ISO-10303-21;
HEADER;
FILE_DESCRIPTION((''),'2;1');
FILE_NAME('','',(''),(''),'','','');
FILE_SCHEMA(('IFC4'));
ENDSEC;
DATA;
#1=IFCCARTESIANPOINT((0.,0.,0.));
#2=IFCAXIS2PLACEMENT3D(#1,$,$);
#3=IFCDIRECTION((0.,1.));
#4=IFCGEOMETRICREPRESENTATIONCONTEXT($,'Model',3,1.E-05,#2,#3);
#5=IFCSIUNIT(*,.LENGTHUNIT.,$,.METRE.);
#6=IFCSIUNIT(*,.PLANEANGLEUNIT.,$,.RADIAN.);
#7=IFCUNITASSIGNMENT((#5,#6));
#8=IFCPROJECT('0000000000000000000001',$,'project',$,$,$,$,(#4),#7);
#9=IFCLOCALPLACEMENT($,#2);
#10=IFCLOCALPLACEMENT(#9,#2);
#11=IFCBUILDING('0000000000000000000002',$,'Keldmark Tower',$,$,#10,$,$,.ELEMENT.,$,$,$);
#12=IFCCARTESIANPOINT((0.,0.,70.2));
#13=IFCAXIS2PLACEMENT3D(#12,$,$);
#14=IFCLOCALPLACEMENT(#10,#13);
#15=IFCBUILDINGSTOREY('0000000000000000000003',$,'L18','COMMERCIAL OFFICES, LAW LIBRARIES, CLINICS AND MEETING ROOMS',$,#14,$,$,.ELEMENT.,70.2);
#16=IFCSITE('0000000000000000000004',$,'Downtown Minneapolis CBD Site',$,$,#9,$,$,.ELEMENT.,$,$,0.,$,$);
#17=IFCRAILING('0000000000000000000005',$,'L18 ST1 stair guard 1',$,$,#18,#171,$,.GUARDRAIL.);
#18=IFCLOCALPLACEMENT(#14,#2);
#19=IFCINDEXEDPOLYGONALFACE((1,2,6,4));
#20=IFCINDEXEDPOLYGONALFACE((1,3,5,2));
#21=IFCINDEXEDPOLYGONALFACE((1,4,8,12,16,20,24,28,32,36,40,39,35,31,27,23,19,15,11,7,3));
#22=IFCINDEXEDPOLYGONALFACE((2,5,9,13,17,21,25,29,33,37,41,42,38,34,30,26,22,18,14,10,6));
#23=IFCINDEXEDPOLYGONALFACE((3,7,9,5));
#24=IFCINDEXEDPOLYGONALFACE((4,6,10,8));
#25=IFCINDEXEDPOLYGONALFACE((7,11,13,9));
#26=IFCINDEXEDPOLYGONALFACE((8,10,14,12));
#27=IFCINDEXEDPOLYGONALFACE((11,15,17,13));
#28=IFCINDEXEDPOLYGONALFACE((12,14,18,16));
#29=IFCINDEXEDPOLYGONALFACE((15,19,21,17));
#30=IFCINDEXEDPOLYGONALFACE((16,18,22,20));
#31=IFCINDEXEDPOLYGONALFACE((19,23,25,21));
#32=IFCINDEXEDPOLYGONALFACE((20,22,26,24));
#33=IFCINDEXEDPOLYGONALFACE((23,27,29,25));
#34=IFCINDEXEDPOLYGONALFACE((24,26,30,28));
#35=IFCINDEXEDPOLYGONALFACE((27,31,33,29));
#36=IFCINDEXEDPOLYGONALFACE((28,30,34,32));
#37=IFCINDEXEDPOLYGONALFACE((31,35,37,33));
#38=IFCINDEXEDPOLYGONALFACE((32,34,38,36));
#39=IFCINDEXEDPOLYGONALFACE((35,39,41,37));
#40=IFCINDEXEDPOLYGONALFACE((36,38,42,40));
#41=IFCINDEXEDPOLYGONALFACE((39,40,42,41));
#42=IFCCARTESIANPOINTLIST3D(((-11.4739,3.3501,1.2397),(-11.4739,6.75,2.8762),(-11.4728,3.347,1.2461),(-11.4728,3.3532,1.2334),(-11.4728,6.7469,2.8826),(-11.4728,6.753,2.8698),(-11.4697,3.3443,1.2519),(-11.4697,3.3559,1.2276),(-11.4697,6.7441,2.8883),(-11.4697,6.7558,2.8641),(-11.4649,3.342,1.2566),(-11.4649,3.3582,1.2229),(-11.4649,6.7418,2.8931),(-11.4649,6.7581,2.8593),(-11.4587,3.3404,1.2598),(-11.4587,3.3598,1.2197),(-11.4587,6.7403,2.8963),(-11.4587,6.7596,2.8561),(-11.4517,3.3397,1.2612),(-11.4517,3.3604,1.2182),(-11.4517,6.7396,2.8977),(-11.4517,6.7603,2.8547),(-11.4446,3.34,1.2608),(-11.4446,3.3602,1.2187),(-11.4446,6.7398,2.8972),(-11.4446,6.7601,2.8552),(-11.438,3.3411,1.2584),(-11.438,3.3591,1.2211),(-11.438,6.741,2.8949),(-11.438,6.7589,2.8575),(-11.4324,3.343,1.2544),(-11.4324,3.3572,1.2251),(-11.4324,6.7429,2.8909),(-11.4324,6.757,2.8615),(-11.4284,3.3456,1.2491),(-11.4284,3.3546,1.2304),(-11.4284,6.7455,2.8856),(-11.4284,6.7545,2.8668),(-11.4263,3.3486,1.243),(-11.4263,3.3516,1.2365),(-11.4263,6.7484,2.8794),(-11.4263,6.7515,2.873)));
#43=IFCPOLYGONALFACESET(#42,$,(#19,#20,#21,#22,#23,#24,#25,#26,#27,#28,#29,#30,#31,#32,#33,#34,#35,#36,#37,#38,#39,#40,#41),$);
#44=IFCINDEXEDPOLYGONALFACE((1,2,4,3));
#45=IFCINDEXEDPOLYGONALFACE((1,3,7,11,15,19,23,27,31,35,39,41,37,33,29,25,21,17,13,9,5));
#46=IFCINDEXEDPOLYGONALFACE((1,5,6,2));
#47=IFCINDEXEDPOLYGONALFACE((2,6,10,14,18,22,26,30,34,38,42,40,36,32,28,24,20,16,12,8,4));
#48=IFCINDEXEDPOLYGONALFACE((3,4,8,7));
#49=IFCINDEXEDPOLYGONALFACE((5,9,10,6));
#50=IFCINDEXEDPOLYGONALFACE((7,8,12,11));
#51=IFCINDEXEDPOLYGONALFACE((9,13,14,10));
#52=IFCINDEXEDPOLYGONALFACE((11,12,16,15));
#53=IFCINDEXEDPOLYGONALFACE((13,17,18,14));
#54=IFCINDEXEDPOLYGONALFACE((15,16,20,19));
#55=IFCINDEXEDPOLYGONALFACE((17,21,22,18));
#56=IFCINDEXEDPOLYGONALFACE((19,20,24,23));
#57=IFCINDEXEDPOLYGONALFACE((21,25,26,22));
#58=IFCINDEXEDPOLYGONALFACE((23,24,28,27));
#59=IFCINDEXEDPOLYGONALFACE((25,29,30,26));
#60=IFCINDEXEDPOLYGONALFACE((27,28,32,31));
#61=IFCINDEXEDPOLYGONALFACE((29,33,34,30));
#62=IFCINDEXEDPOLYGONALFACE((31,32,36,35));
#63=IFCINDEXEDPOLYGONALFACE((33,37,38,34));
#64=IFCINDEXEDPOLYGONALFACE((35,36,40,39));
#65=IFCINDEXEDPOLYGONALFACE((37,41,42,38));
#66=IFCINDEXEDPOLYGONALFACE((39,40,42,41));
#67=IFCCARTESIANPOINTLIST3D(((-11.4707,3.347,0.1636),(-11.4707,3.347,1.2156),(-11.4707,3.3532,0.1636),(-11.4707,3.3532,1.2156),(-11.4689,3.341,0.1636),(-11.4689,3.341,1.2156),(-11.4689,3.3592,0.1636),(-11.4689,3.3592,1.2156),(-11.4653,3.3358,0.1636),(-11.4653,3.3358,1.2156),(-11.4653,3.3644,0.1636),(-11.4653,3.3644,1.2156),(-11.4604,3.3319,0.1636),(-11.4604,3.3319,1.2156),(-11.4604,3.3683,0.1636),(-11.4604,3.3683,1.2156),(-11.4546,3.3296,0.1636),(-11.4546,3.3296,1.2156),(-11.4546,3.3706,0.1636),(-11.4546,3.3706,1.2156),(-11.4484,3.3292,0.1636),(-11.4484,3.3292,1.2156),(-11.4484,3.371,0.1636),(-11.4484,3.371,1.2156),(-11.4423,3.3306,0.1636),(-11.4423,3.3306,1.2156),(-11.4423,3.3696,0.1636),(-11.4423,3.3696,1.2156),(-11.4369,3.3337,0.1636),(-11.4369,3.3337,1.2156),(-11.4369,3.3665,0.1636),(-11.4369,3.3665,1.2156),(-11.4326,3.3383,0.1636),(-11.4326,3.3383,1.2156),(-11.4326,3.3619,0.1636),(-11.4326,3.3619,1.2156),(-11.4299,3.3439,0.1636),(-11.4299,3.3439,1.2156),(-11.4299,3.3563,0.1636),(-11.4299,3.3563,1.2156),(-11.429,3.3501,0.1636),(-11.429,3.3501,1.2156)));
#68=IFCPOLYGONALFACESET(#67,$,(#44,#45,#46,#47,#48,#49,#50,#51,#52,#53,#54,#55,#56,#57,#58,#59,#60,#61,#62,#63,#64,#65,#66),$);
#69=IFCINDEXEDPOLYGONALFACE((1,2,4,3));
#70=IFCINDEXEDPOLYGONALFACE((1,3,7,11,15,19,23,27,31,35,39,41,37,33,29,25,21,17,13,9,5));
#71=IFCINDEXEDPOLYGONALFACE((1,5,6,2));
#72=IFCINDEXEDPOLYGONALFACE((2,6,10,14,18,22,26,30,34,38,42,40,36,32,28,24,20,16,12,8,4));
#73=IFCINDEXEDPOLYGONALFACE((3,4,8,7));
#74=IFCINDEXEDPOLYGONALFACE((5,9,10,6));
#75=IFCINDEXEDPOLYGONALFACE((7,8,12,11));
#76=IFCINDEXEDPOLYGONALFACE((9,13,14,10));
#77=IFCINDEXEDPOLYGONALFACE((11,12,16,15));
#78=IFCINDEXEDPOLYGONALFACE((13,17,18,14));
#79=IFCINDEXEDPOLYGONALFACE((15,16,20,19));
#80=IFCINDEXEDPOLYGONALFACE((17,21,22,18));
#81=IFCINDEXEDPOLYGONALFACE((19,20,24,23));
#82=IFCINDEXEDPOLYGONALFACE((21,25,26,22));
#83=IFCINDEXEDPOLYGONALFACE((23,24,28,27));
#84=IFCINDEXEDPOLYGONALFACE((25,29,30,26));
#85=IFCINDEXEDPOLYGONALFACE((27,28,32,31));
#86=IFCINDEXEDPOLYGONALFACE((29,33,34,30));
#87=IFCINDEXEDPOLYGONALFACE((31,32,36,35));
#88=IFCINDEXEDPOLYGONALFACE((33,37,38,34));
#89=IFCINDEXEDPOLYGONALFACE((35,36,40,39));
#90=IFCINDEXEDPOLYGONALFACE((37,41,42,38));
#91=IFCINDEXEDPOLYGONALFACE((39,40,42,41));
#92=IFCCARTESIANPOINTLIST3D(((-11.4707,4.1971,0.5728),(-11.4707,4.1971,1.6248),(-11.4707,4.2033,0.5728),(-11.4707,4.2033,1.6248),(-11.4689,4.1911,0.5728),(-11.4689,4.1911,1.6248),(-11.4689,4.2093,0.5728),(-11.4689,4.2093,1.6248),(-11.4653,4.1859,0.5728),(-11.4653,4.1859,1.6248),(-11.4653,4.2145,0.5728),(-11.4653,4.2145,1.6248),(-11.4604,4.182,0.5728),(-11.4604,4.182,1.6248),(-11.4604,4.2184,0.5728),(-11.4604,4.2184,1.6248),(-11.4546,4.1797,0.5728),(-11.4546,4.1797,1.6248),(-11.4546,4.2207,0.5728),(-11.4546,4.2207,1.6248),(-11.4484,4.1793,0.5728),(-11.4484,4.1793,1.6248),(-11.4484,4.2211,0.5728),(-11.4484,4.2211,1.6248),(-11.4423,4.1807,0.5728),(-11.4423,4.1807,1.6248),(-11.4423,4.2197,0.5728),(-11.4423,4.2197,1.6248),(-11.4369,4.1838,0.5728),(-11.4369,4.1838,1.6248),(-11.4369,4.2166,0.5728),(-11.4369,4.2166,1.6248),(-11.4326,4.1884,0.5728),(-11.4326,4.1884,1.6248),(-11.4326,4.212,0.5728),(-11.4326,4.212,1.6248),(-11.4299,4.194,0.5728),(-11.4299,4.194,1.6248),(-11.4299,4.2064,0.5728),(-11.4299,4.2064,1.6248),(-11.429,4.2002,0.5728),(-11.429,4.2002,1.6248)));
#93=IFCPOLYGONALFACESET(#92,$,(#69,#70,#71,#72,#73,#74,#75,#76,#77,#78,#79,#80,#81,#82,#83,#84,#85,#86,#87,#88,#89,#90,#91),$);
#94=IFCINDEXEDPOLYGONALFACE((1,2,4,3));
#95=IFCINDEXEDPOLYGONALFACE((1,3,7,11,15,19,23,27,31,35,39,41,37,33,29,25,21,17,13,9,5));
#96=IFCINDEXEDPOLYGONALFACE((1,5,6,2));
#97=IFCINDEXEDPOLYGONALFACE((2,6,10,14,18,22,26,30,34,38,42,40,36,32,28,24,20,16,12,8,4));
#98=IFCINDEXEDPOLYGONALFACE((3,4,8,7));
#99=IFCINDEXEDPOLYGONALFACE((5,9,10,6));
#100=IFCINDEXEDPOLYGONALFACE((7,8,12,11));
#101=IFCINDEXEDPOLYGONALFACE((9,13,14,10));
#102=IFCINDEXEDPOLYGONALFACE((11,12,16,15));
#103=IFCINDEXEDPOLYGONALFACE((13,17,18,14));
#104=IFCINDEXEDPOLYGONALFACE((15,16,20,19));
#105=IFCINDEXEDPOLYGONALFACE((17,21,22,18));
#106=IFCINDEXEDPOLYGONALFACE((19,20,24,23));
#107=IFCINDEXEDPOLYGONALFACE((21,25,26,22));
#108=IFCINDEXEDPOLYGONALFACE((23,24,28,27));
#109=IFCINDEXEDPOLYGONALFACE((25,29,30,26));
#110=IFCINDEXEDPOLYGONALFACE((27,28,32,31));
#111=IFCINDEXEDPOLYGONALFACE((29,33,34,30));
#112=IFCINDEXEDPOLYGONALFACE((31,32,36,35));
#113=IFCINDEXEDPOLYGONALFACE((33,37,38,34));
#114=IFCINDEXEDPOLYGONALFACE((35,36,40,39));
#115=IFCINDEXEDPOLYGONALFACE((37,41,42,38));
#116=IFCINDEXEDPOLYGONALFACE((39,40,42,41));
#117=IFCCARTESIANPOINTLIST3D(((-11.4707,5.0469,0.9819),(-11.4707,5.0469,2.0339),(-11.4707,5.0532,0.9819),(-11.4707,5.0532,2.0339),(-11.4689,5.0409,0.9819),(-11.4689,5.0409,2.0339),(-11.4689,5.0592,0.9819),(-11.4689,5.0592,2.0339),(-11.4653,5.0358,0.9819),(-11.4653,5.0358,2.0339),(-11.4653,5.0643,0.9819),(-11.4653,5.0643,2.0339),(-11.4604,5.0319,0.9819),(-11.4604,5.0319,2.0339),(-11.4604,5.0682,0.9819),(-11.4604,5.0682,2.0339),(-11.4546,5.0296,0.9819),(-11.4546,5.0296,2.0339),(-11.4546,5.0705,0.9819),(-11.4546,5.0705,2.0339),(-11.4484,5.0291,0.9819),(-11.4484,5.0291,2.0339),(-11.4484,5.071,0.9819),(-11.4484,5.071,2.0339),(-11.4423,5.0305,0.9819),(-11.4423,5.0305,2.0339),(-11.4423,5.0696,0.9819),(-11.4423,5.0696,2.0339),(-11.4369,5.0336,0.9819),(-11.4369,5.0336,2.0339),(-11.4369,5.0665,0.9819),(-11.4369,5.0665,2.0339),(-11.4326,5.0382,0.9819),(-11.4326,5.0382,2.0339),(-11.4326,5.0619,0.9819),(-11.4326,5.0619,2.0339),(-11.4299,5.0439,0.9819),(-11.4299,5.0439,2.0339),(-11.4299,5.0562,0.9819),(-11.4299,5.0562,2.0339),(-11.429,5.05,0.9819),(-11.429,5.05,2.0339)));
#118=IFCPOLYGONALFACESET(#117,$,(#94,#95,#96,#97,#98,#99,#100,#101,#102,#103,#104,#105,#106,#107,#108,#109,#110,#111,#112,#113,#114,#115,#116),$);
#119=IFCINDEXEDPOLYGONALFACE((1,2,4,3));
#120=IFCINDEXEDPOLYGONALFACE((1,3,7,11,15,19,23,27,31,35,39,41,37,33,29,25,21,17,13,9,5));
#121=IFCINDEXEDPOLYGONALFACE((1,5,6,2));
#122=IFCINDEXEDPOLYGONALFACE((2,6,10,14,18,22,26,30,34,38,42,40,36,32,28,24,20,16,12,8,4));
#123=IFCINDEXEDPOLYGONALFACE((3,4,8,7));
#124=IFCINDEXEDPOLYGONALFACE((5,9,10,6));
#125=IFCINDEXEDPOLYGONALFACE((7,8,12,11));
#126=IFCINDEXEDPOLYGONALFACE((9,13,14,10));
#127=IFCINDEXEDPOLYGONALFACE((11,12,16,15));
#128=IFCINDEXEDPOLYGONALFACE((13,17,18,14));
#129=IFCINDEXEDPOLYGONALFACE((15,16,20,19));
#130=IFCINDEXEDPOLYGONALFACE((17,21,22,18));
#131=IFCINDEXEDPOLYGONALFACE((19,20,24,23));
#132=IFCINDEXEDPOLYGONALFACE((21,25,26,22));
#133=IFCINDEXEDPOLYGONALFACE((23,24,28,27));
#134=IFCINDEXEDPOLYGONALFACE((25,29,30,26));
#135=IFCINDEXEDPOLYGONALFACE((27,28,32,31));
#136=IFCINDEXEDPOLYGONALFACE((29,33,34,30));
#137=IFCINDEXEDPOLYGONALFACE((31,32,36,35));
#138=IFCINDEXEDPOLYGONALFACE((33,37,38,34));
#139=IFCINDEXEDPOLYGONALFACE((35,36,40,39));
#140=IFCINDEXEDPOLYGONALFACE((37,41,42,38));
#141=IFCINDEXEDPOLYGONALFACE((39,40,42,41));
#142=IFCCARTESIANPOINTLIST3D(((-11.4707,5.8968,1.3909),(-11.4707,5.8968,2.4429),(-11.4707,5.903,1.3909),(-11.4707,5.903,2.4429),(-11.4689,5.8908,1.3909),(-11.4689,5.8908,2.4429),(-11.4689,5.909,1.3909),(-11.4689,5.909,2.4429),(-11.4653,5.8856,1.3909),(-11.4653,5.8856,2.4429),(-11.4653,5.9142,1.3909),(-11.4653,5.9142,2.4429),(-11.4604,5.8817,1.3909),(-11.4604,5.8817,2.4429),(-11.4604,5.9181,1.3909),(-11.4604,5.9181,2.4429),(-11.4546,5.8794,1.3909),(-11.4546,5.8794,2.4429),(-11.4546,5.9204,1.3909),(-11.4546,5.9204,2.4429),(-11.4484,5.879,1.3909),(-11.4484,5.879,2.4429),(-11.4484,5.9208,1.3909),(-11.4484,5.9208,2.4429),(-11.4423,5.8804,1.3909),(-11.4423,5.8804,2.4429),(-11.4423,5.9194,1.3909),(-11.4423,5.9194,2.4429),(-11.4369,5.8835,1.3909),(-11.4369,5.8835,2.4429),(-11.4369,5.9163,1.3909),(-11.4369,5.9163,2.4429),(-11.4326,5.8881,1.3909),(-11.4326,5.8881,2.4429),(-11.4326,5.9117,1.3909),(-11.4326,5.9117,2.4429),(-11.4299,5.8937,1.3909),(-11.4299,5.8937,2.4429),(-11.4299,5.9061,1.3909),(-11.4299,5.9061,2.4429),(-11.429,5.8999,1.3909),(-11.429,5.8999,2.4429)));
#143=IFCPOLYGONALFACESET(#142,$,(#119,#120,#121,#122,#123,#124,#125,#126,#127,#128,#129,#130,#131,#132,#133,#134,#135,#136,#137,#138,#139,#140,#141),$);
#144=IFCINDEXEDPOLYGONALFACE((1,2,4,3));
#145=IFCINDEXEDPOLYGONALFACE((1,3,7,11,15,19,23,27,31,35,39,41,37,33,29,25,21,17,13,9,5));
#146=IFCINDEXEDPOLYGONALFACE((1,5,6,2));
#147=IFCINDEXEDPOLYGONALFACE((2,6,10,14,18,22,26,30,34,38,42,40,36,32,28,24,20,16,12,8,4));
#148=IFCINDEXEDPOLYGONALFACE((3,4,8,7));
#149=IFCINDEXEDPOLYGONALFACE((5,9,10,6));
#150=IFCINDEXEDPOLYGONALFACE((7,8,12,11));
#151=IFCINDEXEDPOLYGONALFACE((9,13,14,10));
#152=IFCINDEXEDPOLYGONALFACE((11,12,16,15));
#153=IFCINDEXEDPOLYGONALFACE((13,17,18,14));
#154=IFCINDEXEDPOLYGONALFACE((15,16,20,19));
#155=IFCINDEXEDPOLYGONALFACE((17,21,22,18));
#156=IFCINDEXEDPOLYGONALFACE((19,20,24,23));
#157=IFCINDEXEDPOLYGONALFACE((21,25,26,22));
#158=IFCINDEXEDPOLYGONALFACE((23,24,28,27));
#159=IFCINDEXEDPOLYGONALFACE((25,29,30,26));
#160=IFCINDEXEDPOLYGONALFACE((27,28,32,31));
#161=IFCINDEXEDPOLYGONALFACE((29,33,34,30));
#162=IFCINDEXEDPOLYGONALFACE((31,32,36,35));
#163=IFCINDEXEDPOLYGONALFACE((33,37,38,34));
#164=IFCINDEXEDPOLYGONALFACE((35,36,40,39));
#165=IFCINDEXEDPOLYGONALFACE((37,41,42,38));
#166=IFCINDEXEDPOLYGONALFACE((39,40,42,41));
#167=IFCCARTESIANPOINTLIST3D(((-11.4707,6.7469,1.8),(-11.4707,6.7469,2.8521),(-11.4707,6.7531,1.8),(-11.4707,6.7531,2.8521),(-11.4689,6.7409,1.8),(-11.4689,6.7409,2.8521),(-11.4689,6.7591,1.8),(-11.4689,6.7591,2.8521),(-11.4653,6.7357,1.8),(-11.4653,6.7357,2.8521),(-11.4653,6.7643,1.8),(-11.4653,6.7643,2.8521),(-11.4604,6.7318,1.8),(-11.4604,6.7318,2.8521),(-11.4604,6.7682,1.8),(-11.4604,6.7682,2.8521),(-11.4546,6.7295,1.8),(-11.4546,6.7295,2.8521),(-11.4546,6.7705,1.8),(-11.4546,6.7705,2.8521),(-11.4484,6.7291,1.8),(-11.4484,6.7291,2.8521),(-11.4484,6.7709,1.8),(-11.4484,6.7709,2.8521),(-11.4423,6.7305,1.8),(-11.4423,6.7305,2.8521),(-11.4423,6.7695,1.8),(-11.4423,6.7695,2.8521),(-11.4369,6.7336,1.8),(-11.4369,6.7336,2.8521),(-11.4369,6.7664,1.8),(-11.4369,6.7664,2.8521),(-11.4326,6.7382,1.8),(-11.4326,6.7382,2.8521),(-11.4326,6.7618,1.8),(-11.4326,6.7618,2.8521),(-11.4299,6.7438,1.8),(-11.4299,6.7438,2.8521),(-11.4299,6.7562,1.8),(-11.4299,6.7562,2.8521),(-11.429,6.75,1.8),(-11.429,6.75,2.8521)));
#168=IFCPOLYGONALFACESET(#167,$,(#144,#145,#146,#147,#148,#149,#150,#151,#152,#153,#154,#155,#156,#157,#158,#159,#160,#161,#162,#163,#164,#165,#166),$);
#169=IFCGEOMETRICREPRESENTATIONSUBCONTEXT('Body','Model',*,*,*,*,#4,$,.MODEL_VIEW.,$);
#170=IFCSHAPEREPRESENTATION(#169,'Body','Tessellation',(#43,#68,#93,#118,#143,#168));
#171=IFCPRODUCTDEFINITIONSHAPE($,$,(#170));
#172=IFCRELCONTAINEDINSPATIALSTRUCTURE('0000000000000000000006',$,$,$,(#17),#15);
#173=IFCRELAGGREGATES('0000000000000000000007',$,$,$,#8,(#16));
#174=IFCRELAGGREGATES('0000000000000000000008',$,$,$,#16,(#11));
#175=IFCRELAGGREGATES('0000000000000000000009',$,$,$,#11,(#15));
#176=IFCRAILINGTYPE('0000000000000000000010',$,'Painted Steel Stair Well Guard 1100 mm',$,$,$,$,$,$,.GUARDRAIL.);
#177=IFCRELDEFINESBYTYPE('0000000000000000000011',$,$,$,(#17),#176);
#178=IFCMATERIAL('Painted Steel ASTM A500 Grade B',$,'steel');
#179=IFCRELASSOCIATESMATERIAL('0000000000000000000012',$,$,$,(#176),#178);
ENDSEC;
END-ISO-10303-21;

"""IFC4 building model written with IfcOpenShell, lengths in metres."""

from ifc_helpers import new_model, si_unit, direction, frame, origin, origin_2d, place, context, subcontext, project, spatial, circle, extrude, material, type_object, element, save


model = new_model("IFC4")

# Units and contexts
model_context = context("Model", 3, precision=1e-05, world=origin(), true_north=direction((0.0, 1.0)))
body_context = subcontext(model_context, "Body", "Model", "MODEL_VIEW")
ifc_project = project(units=[si_unit("LENGTHUNIT", "METRE"), si_unit("PLANEANGLEUNIT", "RADIAN")], contexts=[model_context])

# Site, building, storey
site_placement = place(None, origin())
site = spatial("IfcSite", under=ifc_project, at=site_placement, Name="Downtown Minneapolis CBD Site", CompositionType="ELEMENT", RefElevation=0.0)
building_placement = place(site_placement, origin())
building = spatial("IfcBuilding", under=site, at=building_placement, Name="Keldmark Tower", CompositionType="ELEMENT")
storey_placement = place(building_placement, frame((0.0, 0.0, 70.2)))
storey = spatial("IfcBuildingStorey", under=building, at=storey_placement, Name="L18", Description="COMMERCIAL OFFICES, LAW LIBRARIES, CLINICS AND MEETING ROOMS", CompositionType="ELEMENT", Elevation=70.2)

# Railing
ifc_material_1 = material(Name="Painted Steel ASTM A500 Grade B", Category="steel")
railing_type_1 = type_object("IfcRailingType", Name="Painted Steel Stair Well Guard 1100 mm", PredefinedType="GUARDRAIL", material=ifc_material_1)
railing_1_placement = place(storey_placement, frame((-11.45, 3.3501, 0.1636)))
element("IfcRailing", 1, at=railing_1_placement, inside=storey, type_object=railing_type_1, Name="L18 ST1 stair guard 1", PredefinedType="GUARDRAIL", context=body_context, shape_type="SweptSolid", body=[
    extrude(circle(Radius=0.0239, at=origin_2d()), frame((0.0, 0.0, 1.0762), z_axis=(0.0, 0.901055, 0.433705), x_axis=(-1.0, 0.0, 0.0)), (0.0, 0.0, 1.0), 3.7732),
    extrude(circle(Radius=0.021, at=origin_2d()), origin(), (0.0, 0.0, 1.0), 1.052),
    extrude(circle(Radius=0.021, at=origin_2d()), frame((0.0, 0.8501, 0.4092)), (0.0, 0.0, 1.0), 1.052),
    extrude(circle(Radius=0.021, at=origin_2d()), frame((0.0, 1.7, 0.8184)), (0.0, 0.0, 1.0), 1.052),
    extrude(circle(Radius=0.021, at=origin_2d()), frame((0.0, 2.5498, 1.2273)), (0.0, 0.0, 1.0), 1.052),
    extrude(circle(Radius=0.021, at=origin_2d()), frame((0.0, 3.3999, 1.6365)), (0.0, 0.0, 1.0), 1.052),
])

save(model, "model.ifc")
